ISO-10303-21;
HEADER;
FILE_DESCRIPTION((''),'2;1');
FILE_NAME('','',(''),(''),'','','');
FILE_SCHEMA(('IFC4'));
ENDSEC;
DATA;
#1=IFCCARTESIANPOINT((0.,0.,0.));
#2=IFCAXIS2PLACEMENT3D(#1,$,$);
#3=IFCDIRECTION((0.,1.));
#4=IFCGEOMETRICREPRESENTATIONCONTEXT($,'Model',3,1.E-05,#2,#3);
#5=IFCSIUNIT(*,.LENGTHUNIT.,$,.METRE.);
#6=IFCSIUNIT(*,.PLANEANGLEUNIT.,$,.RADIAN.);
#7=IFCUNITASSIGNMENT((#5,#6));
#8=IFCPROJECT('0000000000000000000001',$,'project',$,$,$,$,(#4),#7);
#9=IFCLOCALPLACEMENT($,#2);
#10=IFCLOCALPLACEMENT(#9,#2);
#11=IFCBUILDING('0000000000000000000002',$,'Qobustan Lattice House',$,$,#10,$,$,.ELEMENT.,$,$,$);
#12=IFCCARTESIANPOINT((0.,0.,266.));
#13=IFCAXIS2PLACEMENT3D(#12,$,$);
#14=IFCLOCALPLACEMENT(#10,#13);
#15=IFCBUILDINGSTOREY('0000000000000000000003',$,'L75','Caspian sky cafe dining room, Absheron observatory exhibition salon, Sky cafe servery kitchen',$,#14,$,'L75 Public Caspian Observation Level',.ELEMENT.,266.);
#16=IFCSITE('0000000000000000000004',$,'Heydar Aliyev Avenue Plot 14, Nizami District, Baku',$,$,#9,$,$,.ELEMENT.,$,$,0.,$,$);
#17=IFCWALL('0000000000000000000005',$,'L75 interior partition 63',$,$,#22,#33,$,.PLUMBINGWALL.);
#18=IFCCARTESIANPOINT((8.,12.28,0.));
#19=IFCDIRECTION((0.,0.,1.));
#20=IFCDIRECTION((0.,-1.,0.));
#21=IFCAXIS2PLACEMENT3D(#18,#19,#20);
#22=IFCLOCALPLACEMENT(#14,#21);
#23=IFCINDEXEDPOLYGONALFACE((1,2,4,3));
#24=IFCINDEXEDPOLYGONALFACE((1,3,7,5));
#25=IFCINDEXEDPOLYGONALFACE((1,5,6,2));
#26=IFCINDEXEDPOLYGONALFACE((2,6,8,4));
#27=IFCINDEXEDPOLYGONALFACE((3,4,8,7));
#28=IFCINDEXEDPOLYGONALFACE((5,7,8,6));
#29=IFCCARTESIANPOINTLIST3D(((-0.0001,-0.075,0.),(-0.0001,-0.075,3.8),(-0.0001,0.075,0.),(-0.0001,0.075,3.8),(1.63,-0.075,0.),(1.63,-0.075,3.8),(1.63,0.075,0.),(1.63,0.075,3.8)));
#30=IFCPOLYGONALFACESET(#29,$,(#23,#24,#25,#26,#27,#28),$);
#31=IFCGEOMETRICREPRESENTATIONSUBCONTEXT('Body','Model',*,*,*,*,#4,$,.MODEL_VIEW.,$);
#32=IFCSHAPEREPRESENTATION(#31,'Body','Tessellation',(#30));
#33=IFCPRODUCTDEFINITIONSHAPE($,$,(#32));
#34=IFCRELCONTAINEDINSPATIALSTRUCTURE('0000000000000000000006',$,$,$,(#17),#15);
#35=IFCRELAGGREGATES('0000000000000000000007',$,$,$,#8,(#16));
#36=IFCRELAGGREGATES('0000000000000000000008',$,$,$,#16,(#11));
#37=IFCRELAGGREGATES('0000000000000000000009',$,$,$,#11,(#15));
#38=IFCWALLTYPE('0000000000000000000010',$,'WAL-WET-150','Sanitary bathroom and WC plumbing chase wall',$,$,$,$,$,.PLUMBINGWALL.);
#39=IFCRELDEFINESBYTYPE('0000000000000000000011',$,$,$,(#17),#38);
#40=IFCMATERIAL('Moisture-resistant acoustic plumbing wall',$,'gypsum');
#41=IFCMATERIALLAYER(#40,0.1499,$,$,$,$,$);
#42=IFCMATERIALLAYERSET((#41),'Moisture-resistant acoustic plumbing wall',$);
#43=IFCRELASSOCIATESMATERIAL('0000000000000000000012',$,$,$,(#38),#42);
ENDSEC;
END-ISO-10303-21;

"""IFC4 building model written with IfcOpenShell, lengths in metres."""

from ifc_helpers import new_model, si_unit, direction, frame, frame_2d, origin, place, context, subcontext, project, spatial, rectangle, extrude, material, layer, layer_set, type_object, element, save


model = new_model("IFC4")

# Units and contexts
model_context = context("Model", 3, precision=1e-05, world=origin(), true_north=direction((0.0, 1.0)))
body_context = subcontext(model_context, "Body", "Model", "MODEL_VIEW")
ifc_project = project(units=[si_unit("LENGTHUNIT", "METRE"), si_unit("PLANEANGLEUNIT", "RADIAN")], contexts=[model_context])

# Site, building, storey
site_placement = place(None, origin())
site = spatial("IfcSite", under=ifc_project, at=site_placement, Name="Heydar Aliyev Avenue Plot 14, Nizami District, Baku", CompositionType="ELEMENT", RefElevation=0.0)
building_placement = place(site_placement, origin())
building = spatial("IfcBuilding", under=site, at=building_placement, Name="Qobustan Lattice House", CompositionType="ELEMENT")
storey_placement = place(building_placement, frame((0.0, 0.0, 266.0)))
storey = spatial("IfcBuildingStorey", under=building, at=storey_placement, Name="L75", Description="Caspian sky cafe dining room, Absheron observatory exhibition salon, Sky cafe servery kitchen", LongName="L75 Public Caspian Observation Level", CompositionType="ELEMENT", Elevation=266.0)

# Shared definitions
ifc_material_1 = material(Name="Moisture-resistant acoustic plumbing wall", Category="gypsum")
ifc_layer_1 = layer(ifc_material_1, 0.1499)
ifc_layer_set_1 = layer_set([ifc_layer_1], Name="Moisture-resistant acoustic plumbing wall")
wall_type_1 = type_object("IfcWallType", Name="WAL-WET-150", Description="Sanitary bathroom and WC plumbing chase wall", PredefinedType="PLUMBINGWALL", material=ifc_layer_set_1)

# Wall
wall_1_placement = place(storey_placement, frame((8.0, 12.28, 0.0), z_axis=(0.0, 0.0, 1.0), x_axis=(0.0, -1.0, 0.0)))
element("IfcWall", 1, at=wall_1_placement, inside=storey, type_object=wall_type_1, Name="L75 interior partition 63", PredefinedType="PLUMBINGWALL", context=body_context, shape_type="SweptSolid", body=[
    extrude(rectangle(XDim=1.6301, YDim=0.1499, at=frame_2d((0.8149, 0.0))), origin(), (0.0, 0.0, 1.0), 3.8),
])

save(model, "model.ifc")
